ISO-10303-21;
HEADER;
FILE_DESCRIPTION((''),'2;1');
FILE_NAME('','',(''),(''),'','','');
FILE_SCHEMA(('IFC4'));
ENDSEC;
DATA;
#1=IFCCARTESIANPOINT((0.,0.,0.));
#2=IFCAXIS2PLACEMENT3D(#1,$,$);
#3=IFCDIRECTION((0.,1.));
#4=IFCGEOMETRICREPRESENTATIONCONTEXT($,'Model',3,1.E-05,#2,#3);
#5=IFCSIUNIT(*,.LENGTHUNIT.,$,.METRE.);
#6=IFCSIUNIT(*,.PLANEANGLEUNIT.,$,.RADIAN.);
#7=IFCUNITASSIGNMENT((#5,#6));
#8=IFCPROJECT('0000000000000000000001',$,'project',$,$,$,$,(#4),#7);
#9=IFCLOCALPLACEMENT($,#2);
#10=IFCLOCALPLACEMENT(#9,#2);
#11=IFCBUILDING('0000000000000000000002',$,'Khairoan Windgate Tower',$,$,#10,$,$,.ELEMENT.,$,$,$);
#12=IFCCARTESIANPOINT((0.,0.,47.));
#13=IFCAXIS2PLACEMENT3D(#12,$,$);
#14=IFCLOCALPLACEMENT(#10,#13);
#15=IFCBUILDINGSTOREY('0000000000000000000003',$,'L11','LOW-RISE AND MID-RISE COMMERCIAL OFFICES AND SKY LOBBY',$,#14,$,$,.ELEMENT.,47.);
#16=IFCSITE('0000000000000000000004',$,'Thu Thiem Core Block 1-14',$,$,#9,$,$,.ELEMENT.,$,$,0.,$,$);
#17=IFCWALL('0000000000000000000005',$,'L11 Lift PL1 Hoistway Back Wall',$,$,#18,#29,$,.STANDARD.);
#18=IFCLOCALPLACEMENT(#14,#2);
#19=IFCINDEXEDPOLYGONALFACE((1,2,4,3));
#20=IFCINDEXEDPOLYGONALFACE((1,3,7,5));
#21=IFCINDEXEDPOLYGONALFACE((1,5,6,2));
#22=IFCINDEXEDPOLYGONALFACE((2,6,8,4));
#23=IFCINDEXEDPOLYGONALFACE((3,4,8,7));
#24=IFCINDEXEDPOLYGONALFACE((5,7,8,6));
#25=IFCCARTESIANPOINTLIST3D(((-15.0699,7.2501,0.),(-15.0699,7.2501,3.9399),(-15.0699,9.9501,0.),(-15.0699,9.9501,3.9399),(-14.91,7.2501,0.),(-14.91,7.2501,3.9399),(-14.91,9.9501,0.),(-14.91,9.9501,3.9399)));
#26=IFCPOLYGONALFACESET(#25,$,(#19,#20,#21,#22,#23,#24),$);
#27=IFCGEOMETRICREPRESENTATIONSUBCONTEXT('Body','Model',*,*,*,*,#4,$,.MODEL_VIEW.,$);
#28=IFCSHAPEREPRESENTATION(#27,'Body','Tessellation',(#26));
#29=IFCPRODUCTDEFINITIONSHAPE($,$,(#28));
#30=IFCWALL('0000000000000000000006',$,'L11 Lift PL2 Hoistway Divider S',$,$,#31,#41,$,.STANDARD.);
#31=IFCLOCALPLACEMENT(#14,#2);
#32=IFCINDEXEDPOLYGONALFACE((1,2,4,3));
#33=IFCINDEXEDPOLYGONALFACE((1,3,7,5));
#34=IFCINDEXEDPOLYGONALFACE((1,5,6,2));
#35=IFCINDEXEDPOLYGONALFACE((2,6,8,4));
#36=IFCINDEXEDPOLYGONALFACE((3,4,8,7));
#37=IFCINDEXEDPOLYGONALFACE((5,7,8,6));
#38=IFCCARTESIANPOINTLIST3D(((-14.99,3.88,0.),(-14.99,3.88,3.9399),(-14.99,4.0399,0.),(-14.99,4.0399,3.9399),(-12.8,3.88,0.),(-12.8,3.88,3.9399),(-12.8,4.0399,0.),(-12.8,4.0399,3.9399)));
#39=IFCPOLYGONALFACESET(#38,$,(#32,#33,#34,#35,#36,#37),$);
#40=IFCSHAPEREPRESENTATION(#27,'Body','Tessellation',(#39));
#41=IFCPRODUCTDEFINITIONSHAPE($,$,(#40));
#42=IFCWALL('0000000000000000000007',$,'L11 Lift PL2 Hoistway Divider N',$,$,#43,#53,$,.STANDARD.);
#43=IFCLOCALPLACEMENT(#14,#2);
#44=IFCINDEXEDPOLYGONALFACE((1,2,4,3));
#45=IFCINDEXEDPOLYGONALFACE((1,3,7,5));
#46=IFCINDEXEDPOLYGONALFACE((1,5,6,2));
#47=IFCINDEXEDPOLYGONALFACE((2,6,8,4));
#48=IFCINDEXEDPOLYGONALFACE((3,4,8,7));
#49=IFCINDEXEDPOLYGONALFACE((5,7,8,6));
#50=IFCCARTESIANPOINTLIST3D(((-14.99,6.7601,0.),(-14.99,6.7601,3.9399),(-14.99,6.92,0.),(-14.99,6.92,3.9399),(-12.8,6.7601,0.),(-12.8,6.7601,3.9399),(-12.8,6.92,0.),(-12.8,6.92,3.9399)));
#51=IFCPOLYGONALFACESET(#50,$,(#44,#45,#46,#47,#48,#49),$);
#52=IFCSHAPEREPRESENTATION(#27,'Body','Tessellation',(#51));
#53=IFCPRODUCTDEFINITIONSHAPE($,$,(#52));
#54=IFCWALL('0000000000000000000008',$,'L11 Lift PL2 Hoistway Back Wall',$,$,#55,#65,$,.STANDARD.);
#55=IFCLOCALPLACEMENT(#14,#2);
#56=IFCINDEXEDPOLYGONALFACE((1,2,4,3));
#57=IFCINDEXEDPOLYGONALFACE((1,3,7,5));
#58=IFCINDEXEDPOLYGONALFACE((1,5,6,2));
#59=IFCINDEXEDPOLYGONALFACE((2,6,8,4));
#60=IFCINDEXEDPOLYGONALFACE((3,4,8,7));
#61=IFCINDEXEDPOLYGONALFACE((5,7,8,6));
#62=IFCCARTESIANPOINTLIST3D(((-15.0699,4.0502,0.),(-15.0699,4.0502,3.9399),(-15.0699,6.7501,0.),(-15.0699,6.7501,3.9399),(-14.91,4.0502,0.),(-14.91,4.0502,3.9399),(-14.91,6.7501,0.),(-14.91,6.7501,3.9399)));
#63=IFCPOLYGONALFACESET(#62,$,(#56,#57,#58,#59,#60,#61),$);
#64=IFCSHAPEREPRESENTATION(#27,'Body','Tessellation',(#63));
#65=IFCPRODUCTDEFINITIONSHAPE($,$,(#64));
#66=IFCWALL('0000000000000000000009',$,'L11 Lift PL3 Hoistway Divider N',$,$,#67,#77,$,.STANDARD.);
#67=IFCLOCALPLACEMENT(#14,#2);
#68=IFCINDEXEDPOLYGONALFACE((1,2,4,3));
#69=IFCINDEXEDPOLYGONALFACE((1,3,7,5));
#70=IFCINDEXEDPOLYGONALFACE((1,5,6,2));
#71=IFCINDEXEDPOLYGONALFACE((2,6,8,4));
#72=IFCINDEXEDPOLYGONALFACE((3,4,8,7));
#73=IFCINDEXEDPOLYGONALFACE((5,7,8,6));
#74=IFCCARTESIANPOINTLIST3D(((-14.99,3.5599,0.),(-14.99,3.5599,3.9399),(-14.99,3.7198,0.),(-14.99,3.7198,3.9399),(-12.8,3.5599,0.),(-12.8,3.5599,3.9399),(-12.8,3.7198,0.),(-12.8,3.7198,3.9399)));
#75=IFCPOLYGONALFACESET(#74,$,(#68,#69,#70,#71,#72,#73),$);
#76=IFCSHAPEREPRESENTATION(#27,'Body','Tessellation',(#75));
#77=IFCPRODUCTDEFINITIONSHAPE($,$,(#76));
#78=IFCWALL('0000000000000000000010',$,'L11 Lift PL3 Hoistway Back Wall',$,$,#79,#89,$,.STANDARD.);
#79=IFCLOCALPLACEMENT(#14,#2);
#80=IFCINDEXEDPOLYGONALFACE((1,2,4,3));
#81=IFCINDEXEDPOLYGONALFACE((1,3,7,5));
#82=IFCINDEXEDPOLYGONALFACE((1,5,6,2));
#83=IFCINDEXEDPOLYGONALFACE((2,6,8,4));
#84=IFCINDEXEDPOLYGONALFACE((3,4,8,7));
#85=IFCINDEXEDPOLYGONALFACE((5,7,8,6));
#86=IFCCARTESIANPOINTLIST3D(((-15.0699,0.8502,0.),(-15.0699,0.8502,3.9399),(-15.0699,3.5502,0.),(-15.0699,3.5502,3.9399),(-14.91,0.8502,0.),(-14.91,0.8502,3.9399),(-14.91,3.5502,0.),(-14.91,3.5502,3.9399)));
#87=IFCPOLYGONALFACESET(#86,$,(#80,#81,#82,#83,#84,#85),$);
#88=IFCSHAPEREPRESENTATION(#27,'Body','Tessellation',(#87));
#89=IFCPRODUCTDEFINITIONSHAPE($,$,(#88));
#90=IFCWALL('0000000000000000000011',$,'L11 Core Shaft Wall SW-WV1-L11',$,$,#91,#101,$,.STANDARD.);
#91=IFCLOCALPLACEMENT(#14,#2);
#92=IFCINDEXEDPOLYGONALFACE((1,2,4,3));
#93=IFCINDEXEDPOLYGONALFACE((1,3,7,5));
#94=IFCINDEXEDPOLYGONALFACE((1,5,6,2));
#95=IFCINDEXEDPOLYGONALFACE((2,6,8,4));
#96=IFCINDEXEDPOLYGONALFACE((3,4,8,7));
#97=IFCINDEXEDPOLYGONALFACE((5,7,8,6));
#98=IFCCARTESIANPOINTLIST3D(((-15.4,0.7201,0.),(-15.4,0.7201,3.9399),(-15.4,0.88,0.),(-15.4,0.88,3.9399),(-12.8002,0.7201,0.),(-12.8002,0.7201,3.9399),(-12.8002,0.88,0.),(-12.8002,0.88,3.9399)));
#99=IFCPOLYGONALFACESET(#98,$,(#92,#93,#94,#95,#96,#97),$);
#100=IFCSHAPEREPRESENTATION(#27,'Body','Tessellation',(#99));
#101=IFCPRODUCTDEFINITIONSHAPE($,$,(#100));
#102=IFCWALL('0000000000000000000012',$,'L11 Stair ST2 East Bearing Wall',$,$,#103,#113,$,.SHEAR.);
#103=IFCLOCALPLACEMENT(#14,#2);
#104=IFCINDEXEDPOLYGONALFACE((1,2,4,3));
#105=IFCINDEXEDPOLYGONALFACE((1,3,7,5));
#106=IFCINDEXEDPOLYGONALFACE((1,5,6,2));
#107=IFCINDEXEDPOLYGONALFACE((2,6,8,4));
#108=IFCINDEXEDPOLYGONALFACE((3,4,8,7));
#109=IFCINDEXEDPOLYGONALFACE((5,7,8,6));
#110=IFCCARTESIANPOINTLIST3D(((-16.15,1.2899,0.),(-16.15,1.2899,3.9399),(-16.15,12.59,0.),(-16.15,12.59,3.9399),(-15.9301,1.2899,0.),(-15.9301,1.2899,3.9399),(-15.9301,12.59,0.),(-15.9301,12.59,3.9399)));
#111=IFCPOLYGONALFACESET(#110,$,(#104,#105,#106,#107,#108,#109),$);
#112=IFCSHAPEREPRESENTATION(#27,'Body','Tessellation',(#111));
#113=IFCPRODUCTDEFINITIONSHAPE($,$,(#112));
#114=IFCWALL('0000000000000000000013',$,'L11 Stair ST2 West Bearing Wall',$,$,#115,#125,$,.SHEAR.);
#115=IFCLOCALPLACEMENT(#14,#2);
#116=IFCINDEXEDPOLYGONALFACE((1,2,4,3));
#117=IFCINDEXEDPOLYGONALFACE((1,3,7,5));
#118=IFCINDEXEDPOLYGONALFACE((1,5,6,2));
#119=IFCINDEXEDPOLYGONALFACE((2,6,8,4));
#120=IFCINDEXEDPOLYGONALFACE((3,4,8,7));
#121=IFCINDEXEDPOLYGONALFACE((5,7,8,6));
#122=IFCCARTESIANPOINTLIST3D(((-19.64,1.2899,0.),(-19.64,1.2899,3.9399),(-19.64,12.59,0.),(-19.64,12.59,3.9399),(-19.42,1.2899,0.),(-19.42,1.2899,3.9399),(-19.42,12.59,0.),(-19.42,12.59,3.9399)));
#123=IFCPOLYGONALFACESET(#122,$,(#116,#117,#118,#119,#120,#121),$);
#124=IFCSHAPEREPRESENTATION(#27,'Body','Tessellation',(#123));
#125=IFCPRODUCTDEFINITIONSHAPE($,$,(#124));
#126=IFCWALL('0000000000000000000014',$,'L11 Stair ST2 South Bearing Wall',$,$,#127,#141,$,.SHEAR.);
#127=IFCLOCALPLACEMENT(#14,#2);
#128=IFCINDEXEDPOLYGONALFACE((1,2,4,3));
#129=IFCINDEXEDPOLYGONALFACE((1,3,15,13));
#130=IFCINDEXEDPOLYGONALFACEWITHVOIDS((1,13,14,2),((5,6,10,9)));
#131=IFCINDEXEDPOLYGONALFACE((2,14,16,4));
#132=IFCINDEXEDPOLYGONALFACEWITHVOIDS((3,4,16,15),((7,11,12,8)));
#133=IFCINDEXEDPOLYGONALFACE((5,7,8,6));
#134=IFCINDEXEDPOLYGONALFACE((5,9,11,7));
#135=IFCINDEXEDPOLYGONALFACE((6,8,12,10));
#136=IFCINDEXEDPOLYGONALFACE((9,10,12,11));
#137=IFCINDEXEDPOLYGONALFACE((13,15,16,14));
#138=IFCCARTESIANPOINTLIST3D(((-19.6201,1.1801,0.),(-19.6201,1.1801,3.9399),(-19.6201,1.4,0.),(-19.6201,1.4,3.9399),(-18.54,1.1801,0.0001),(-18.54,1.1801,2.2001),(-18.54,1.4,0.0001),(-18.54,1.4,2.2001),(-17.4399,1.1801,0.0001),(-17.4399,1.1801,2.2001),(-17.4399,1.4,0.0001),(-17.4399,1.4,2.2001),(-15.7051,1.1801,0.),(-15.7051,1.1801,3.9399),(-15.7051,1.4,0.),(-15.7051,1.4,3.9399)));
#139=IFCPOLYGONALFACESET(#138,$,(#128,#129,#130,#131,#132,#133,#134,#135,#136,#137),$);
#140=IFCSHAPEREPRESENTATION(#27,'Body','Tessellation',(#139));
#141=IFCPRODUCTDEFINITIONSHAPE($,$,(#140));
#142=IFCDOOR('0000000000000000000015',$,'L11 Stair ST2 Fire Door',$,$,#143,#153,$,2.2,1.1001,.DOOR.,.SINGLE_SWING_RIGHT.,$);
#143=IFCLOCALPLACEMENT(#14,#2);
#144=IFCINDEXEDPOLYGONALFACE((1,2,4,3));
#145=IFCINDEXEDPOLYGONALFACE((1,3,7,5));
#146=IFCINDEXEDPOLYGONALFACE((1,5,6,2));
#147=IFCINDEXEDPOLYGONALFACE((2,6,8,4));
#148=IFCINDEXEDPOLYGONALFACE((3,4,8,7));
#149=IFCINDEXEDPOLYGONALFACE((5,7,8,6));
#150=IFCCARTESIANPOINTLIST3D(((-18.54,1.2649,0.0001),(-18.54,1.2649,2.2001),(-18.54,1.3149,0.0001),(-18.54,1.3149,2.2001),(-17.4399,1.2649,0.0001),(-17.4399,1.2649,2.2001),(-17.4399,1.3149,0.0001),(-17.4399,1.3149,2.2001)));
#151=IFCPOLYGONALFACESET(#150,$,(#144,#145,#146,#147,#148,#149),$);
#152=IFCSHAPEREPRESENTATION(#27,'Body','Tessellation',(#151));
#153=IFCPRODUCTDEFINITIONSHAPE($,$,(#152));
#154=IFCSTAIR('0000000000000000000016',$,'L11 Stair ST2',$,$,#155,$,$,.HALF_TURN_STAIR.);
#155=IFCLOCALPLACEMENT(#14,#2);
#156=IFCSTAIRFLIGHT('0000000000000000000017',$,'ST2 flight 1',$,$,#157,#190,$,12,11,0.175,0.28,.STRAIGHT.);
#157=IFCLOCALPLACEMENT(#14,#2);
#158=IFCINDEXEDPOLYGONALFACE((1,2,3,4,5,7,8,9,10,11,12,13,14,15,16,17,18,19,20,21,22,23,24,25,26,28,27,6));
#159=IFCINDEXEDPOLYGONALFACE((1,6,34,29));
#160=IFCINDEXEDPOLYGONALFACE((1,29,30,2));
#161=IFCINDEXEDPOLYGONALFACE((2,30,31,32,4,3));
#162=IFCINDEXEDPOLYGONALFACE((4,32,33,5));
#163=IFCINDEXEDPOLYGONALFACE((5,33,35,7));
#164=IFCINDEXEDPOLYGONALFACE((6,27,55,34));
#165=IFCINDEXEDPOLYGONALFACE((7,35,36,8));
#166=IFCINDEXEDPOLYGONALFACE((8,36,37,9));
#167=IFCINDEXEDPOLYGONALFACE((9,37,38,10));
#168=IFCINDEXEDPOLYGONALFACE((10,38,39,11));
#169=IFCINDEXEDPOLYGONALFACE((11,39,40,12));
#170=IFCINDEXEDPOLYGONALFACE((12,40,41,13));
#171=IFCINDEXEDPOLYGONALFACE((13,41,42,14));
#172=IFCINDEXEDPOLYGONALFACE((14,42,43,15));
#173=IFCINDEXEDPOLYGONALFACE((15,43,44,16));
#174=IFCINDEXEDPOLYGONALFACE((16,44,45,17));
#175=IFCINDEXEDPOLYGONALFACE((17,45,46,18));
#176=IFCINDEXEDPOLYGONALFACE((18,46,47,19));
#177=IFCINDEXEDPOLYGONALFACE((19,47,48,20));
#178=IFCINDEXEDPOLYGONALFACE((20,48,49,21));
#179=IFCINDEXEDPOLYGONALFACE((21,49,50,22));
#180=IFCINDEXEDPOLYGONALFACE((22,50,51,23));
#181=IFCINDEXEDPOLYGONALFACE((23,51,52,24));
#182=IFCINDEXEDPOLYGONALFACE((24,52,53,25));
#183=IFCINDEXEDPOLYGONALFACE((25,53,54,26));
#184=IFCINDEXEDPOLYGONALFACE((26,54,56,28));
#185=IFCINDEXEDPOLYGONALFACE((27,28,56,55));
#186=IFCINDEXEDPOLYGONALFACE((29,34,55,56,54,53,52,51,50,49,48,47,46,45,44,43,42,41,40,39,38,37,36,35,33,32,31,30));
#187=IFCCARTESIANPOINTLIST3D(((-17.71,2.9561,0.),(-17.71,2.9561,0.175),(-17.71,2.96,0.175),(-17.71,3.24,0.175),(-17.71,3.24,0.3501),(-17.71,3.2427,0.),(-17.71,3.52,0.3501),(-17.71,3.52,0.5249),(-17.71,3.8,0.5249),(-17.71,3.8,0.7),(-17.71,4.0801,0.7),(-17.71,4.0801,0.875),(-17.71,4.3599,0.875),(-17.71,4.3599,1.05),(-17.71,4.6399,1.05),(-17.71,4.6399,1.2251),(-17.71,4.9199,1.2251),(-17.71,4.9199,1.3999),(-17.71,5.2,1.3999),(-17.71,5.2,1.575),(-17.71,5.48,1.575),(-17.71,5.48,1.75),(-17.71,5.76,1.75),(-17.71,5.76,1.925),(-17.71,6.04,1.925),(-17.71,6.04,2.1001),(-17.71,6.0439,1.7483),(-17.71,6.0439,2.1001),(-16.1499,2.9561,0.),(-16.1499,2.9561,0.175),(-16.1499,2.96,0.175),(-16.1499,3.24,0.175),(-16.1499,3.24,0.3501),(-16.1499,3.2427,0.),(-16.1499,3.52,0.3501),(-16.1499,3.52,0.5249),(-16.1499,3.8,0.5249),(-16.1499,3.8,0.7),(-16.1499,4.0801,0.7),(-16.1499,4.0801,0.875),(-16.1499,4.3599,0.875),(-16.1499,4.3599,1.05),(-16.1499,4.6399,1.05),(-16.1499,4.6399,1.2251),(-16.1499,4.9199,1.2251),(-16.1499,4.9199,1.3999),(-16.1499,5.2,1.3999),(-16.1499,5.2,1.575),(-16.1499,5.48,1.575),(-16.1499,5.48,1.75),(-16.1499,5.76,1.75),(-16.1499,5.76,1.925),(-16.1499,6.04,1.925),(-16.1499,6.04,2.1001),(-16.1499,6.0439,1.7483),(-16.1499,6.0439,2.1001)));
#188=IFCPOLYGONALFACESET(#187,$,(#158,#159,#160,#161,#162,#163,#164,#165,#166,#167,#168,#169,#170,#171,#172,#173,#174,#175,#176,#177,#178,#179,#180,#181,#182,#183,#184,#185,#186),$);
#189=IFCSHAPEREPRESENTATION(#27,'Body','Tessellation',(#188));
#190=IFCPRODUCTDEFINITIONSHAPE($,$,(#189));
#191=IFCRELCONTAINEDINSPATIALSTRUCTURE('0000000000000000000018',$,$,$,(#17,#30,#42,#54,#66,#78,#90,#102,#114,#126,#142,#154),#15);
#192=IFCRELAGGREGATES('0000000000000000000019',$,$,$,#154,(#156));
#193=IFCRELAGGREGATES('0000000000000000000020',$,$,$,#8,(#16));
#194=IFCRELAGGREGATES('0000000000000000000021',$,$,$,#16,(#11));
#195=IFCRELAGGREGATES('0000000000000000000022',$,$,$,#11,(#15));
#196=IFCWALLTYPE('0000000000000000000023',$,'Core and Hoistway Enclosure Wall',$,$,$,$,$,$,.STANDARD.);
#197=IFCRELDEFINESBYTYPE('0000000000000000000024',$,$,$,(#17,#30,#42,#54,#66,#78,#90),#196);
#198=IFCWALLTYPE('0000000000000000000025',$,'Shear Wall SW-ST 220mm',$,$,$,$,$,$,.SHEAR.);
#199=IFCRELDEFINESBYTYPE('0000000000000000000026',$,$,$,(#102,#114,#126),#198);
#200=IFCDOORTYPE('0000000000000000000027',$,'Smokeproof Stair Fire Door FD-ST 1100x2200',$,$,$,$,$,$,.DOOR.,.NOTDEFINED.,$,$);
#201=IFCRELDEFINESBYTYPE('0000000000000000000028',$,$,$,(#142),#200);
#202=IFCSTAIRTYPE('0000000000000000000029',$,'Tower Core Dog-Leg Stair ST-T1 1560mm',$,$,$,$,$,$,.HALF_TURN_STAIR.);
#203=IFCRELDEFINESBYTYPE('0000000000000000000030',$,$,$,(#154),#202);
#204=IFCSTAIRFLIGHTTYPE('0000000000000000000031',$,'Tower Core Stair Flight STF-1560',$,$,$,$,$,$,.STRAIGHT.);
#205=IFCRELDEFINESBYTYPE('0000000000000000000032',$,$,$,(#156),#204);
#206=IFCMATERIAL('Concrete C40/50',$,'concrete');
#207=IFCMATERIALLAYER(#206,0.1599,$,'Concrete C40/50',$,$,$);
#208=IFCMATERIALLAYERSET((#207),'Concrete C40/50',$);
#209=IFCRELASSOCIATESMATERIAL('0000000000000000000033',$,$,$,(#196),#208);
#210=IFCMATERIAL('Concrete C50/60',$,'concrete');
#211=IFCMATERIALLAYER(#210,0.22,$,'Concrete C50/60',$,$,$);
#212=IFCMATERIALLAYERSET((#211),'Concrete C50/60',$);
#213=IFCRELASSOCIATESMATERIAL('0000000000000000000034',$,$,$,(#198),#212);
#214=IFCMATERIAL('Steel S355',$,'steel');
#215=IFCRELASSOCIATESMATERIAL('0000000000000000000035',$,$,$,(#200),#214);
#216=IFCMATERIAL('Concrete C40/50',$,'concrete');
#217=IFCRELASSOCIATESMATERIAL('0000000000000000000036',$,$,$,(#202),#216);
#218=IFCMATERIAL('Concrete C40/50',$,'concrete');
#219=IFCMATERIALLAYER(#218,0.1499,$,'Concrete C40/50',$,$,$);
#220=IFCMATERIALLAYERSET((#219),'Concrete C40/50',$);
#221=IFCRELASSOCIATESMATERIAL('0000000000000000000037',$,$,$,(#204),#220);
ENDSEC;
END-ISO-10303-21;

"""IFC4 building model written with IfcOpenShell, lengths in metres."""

from ifc_helpers import new_model, si_unit, direction, frame, frame_2d, origin, place, context, subcontext, project, spatial, polyline, rectangle, outline, extrude, material, layer, layer_set, type_object, element, fill, aggregate, save


model = new_model("IFC4")

# Units and contexts
model_context = context("Model", 3, precision=1e-05, world=origin(), true_north=direction((0.0, 1.0)))
body_context = subcontext(model_context, "Body", "Model", "MODEL_VIEW")
ifc_project = project(units=[si_unit("LENGTHUNIT", "METRE"), si_unit("PLANEANGLEUNIT", "RADIAN")], contexts=[model_context])

# Site, building, storey
site_placement = place(None, origin())
site = spatial("IfcSite", under=ifc_project, at=site_placement, Name="Thu Thiem Core Block 1-14", CompositionType="ELEMENT", RefElevation=0.0)
building_placement = place(site_placement, origin())
building = spatial("IfcBuilding", under=site, at=building_placement, Name="Khairoan Windgate Tower", CompositionType="ELEMENT")
storey_placement = place(building_placement, frame((0.0, 0.0, 47.0)))
storey = spatial("IfcBuildingStorey", under=building, at=storey_placement, Name="L11", Description="LOW-RISE AND MID-RISE COMMERCIAL OFFICES AND SKY LOBBY", CompositionType="ELEMENT", Elevation=47.0)

# Walls
ifc_material_1 = material(Name="Concrete C40/50", Category="concrete")
ifc_layer_1 = layer(ifc_material_1, 0.1599, Name="Concrete C40/50")
ifc_layer_set_1 = layer_set([ifc_layer_1], Name="Concrete C40/50")
wall_type_1 = type_object("IfcWallType", Name="Core and Hoistway Enclosure Wall", PredefinedType="STANDARD", material=ifc_layer_set_1)
wall_1_placement = place(storey_placement, frame((-14.99, 7.25, 0.0), z_axis=(0.0, 0.0, 1.0), x_axis=(0.0, 1.0, 0.0)))
element("IfcWall", 1, at=wall_1_placement, inside=storey, type_object=wall_type_1, Name="L11 Lift PL1 Hoistway Back Wall", PredefinedType="STANDARD", context=body_context, shape_type="SweptSolid", body=[
    extrude(rectangle(XDim=2.7, YDim=0.1599, at=frame_2d((1.3501, 0.0))), origin(), (0.0, 0.0, 1.0), 3.9399),
])
for number, where, z_axis, x_axis, name in (
    (2, (-14.99, 3.96, 0.0), (0.0, 0.0, 1.0), (1.0, 0.0, 0.0), "L11 Lift PL2 Hoistway Divider S"),
    (3, (-14.99, 6.8401, 0.0), (0.0, 0.0, 1.0), (1.0, 0.0, 0.0), "L11 Lift PL2 Hoistway Divider N"),
):
    element("IfcWall", number, at=place(storey_placement, frame(where, z_axis=z_axis, x_axis=x_axis)), inside=storey, type_object=wall_type_1, Name=name, PredefinedType="STANDARD", context=body_context, shape_type="SweptSolid", body=[
        extrude(rectangle(XDim=2.1899, YDim=0.1599, at=frame_2d((1.095, 0.0))), origin(), (0.0, 0.0, 1.0), 3.9399),
    ])
wall_2_placement = place(storey_placement, frame((-14.99, 4.05, 0.0), z_axis=(0.0, 0.0, 1.0), x_axis=(0.0, 1.0, 0.0)))
element("IfcWall", 4, at=wall_2_placement, inside=storey, type_object=wall_type_1, Name="L11 Lift PL2 Hoistway Back Wall", PredefinedType="STANDARD", context=body_context, shape_type="SweptSolid", body=[
    extrude(rectangle(XDim=2.7, YDim=0.1599, at=frame_2d((1.3501, 0.0))), origin(), (0.0, 0.0, 1.0), 3.9399),
])
wall_3_placement = place(storey_placement, frame((-14.99, 3.6399, 0.0), z_axis=(0.0, 0.0, 1.0), x_axis=(1.0, 0.0, 0.0)))
element("IfcWall", 5, at=wall_3_placement, inside=storey, type_object=wall_type_1, Name="L11 Lift PL3 Hoistway Divider N", PredefinedType="STANDARD", context=body_context, shape_type="SweptSolid", body=[
    extrude(rectangle(XDim=2.1899, YDim=0.1599, at=frame_2d((1.095, 0.0))), origin(), (0.0, 0.0, 1.0), 3.9399),
])
wall_4_placement = place(storey_placement, frame((-14.99, 0.8501, 0.0), z_axis=(0.0, 0.0, 1.0), x_axis=(0.0, 1.0, 0.0)))
element("IfcWall", 6, at=wall_4_placement, inside=storey, type_object=wall_type_1, Name="L11 Lift PL3 Hoistway Back Wall", PredefinedType="STANDARD", context=body_context, shape_type="SweptSolid", body=[
    extrude(rectangle(XDim=2.7, YDim=0.1599, at=frame_2d((1.3501, 0.0))), origin(), (0.0, 0.0, 1.0), 3.9399),
])
wall_5_placement = place(storey_placement, frame((-15.3999, 0.8, 0.0), z_axis=(0.0, 0.0, 1.0), x_axis=(1.0, 0.0, 0.0)))
element("IfcWall", 7, at=wall_5_placement, inside=storey, type_object=wall_type_1, Name="L11 Core Shaft Wall SW-WV1-L11", PredefinedType="STANDARD", context=body_context, shape_type="SweptSolid", body=[
    extrude(rectangle(XDim=2.5999, YDim=0.1599, at=frame_2d((1.2998, 0.0))), origin(), (0.0, 0.0, 1.0), 3.9399),
])
ifc_material_2 = material(Name="Concrete C50/60", Category="concrete")
ifc_layer_2 = layer(ifc_material_2, 0.22, Name="Concrete C50/60")
ifc_layer_set_2 = layer_set([ifc_layer_2], Name="Concrete C50/60")
wall_type_2 = type_object("IfcWallType", Name="Shear Wall SW-ST 220mm", PredefinedType="SHEAR", material=ifc_layer_set_2)
for number, where, z_axis, x_axis, name in (
    (8, (-16.04, 1.29, 0.0), (0.0, 0.0, 1.0), (0.0, 1.0, 0.0), "L11 Stair ST2 East Bearing Wall"),
    (9, (-19.53, 1.29, 0.0), (0.0, 0.0, 1.0), (0.0, 1.0, 0.0), "L11 Stair ST2 West Bearing Wall"),
):
    element("IfcWall", number, at=place(storey_placement, frame(where, z_axis=z_axis, x_axis=x_axis)), inside=storey, type_object=wall_type_2, Name=name, PredefinedType="SHEAR", context=body_context, shape_type="SweptSolid", body=[
        extrude(rectangle(XDim=11.3, YDim=0.22, at=frame_2d((5.6499, 0.0))), origin(), (0.0, 0.0, 1.0), 3.9399),
    ])

# Wall, opening, door
wall_6_placement = place(storey_placement, frame((-19.6201, 1.29, 0.0), z_axis=(0.0, 0.0, 1.0), x_axis=(1.0, 0.0, 0.0)))
wall_6 = element("IfcWall", 10, at=wall_6_placement, inside=storey, type_object=wall_type_2, Name="L11 Stair ST2 South Bearing Wall", PredefinedType="SHEAR", context=body_context, shape_type="SweptSolid", body=[
    extrude(rectangle(XDim=3.915, YDim=0.22, at=frame_2d((1.9575, 0.0))), origin(), (0.0, 0.0, 1.0), 3.9399),
])
opening_placement = place(wall_6_placement, frame((1.0801, 0.0, 0.0)))
opening = element("IfcOpeningElement", 11, at=opening_placement, cuts=wall_6, PredefinedType="OPENING", context=body_context, shape_type="SweptSolid", body=[
    extrude(rectangle(XDim=1.1001, YDim=2.2, at=frame_2d((0.55, 1.1001))), frame((0.0, 0.1199, 0.0), z_axis=(0.0, -1.0, 0.0), x_axis=(1.0, 0.0, 0.0)), (0.0, 0.0, 1.0), 0.24),
])
ifc_material_3 = material(Name="Steel S355", Category="steel")
door_type = type_object("IfcDoorType", Name="Smokeproof Stair Fire Door FD-ST 1100x2200", OperationType="NOTDEFINED", PredefinedType="DOOR", material=ifc_material_3)
door_placement = place(opening_placement, origin())
door = element("IfcDoor", 12, at=door_placement, inside=storey, type_object=door_type, Name="L11 Stair ST2 Fire Door", OperationType="SINGLE_SWING_RIGHT", OverallHeight=2.2, OverallWidth=1.1001, PredefinedType="DOOR", context=body_context, shape_type="SweptSolid", body=[
    extrude(rectangle(XDim=1.1001, YDim=2.2, at=frame_2d((0.55, 1.1001))), frame((0.0, 0.0249, 0.0), z_axis=(0.0, -1.0, 0.0), x_axis=(1.0, 0.0, 0.0)), (0.0, 0.0, 1.0), 0.05),
])
fill(opening, door)

# Stair, stair flight
ifc_material_4 = material(Name="Concrete C40/50", Category="concrete")
stair_type = type_object("IfcStairType", Name="Tower Core Dog-Leg Stair ST-T1 1560mm", PredefinedType="HALF_TURN_STAIR", material=ifc_material_4)
stair_placement = place(storey_placement, origin())
stair = element("IfcStair", 13, at=stair_placement, inside=storey, type_object=stair_type, Name="L11 Stair ST2", PredefinedType="HALF_TURN_STAIR")
ifc_material_5 = material(Name="Concrete C40/50", Category="concrete")
ifc_layer_3 = layer(ifc_material_5, 0.1499, Name="Concrete C40/50")
ifc_layer_set_3 = layer_set([ifc_layer_3], Name="Concrete C40/50")
stair_flight_type = type_object("IfcStairFlightType", Name="Tower Core Stair Flight STF-1560", PredefinedType="STRAIGHT", material=ifc_layer_set_3)
stair_flight_1_placement = place(storey_placement, frame((-16.9299, 2.96, 0.0), z_axis=(0.0, 0.0, 1.0), x_axis=(0.0, 1.0, 0.0)))
stair_flight_1 = element("IfcStairFlight", 14, at=stair_flight_1_placement, type_object=stair_flight_type, Name="ST2 flight 1", NumberOfRisers=12, NumberOfTreads=11, PredefinedType="STRAIGHT", RiserHeight=0.175, TreadLength=0.28, context=body_context, shape_type="SweptSolid", body=[
    extrude(outline(polyline([(-0.0039, 0.0), (-0.0039, 0.175), (0.0, 0.175), (0.28, 0.175), (0.28, 0.3501), (0.5601, 0.3501), (0.5601, 0.5249), (0.8401, 0.5249), (0.8401, 0.7), (1.1201, 0.7), (1.1201, 0.875), (1.3999, 0.875), (1.3999, 1.05), (1.6799, 1.05), (1.6799, 1.2251), (1.96, 1.2251), (1.96, 1.3999), (2.24, 1.3999), (2.24, 1.575), (2.52, 1.575), (2.52, 1.75), (2.8, 1.75), (2.8, 1.925), (3.0801, 1.925), (3.0801, 2.1001), (3.084, 2.1001), (3.084, 1.7483), (0.2827, 0.0), (-0.0039, 0.0)])), frame((0.0, 0.78, 0.0), z_axis=(0.0, -1.0, 0.0), x_axis=(1.0, 0.0, 0.0)), (0.0, 0.0, 1.0), 1.5601),
])
aggregate(stair, [stair_flight_1])

save(model, "model.ifc")
